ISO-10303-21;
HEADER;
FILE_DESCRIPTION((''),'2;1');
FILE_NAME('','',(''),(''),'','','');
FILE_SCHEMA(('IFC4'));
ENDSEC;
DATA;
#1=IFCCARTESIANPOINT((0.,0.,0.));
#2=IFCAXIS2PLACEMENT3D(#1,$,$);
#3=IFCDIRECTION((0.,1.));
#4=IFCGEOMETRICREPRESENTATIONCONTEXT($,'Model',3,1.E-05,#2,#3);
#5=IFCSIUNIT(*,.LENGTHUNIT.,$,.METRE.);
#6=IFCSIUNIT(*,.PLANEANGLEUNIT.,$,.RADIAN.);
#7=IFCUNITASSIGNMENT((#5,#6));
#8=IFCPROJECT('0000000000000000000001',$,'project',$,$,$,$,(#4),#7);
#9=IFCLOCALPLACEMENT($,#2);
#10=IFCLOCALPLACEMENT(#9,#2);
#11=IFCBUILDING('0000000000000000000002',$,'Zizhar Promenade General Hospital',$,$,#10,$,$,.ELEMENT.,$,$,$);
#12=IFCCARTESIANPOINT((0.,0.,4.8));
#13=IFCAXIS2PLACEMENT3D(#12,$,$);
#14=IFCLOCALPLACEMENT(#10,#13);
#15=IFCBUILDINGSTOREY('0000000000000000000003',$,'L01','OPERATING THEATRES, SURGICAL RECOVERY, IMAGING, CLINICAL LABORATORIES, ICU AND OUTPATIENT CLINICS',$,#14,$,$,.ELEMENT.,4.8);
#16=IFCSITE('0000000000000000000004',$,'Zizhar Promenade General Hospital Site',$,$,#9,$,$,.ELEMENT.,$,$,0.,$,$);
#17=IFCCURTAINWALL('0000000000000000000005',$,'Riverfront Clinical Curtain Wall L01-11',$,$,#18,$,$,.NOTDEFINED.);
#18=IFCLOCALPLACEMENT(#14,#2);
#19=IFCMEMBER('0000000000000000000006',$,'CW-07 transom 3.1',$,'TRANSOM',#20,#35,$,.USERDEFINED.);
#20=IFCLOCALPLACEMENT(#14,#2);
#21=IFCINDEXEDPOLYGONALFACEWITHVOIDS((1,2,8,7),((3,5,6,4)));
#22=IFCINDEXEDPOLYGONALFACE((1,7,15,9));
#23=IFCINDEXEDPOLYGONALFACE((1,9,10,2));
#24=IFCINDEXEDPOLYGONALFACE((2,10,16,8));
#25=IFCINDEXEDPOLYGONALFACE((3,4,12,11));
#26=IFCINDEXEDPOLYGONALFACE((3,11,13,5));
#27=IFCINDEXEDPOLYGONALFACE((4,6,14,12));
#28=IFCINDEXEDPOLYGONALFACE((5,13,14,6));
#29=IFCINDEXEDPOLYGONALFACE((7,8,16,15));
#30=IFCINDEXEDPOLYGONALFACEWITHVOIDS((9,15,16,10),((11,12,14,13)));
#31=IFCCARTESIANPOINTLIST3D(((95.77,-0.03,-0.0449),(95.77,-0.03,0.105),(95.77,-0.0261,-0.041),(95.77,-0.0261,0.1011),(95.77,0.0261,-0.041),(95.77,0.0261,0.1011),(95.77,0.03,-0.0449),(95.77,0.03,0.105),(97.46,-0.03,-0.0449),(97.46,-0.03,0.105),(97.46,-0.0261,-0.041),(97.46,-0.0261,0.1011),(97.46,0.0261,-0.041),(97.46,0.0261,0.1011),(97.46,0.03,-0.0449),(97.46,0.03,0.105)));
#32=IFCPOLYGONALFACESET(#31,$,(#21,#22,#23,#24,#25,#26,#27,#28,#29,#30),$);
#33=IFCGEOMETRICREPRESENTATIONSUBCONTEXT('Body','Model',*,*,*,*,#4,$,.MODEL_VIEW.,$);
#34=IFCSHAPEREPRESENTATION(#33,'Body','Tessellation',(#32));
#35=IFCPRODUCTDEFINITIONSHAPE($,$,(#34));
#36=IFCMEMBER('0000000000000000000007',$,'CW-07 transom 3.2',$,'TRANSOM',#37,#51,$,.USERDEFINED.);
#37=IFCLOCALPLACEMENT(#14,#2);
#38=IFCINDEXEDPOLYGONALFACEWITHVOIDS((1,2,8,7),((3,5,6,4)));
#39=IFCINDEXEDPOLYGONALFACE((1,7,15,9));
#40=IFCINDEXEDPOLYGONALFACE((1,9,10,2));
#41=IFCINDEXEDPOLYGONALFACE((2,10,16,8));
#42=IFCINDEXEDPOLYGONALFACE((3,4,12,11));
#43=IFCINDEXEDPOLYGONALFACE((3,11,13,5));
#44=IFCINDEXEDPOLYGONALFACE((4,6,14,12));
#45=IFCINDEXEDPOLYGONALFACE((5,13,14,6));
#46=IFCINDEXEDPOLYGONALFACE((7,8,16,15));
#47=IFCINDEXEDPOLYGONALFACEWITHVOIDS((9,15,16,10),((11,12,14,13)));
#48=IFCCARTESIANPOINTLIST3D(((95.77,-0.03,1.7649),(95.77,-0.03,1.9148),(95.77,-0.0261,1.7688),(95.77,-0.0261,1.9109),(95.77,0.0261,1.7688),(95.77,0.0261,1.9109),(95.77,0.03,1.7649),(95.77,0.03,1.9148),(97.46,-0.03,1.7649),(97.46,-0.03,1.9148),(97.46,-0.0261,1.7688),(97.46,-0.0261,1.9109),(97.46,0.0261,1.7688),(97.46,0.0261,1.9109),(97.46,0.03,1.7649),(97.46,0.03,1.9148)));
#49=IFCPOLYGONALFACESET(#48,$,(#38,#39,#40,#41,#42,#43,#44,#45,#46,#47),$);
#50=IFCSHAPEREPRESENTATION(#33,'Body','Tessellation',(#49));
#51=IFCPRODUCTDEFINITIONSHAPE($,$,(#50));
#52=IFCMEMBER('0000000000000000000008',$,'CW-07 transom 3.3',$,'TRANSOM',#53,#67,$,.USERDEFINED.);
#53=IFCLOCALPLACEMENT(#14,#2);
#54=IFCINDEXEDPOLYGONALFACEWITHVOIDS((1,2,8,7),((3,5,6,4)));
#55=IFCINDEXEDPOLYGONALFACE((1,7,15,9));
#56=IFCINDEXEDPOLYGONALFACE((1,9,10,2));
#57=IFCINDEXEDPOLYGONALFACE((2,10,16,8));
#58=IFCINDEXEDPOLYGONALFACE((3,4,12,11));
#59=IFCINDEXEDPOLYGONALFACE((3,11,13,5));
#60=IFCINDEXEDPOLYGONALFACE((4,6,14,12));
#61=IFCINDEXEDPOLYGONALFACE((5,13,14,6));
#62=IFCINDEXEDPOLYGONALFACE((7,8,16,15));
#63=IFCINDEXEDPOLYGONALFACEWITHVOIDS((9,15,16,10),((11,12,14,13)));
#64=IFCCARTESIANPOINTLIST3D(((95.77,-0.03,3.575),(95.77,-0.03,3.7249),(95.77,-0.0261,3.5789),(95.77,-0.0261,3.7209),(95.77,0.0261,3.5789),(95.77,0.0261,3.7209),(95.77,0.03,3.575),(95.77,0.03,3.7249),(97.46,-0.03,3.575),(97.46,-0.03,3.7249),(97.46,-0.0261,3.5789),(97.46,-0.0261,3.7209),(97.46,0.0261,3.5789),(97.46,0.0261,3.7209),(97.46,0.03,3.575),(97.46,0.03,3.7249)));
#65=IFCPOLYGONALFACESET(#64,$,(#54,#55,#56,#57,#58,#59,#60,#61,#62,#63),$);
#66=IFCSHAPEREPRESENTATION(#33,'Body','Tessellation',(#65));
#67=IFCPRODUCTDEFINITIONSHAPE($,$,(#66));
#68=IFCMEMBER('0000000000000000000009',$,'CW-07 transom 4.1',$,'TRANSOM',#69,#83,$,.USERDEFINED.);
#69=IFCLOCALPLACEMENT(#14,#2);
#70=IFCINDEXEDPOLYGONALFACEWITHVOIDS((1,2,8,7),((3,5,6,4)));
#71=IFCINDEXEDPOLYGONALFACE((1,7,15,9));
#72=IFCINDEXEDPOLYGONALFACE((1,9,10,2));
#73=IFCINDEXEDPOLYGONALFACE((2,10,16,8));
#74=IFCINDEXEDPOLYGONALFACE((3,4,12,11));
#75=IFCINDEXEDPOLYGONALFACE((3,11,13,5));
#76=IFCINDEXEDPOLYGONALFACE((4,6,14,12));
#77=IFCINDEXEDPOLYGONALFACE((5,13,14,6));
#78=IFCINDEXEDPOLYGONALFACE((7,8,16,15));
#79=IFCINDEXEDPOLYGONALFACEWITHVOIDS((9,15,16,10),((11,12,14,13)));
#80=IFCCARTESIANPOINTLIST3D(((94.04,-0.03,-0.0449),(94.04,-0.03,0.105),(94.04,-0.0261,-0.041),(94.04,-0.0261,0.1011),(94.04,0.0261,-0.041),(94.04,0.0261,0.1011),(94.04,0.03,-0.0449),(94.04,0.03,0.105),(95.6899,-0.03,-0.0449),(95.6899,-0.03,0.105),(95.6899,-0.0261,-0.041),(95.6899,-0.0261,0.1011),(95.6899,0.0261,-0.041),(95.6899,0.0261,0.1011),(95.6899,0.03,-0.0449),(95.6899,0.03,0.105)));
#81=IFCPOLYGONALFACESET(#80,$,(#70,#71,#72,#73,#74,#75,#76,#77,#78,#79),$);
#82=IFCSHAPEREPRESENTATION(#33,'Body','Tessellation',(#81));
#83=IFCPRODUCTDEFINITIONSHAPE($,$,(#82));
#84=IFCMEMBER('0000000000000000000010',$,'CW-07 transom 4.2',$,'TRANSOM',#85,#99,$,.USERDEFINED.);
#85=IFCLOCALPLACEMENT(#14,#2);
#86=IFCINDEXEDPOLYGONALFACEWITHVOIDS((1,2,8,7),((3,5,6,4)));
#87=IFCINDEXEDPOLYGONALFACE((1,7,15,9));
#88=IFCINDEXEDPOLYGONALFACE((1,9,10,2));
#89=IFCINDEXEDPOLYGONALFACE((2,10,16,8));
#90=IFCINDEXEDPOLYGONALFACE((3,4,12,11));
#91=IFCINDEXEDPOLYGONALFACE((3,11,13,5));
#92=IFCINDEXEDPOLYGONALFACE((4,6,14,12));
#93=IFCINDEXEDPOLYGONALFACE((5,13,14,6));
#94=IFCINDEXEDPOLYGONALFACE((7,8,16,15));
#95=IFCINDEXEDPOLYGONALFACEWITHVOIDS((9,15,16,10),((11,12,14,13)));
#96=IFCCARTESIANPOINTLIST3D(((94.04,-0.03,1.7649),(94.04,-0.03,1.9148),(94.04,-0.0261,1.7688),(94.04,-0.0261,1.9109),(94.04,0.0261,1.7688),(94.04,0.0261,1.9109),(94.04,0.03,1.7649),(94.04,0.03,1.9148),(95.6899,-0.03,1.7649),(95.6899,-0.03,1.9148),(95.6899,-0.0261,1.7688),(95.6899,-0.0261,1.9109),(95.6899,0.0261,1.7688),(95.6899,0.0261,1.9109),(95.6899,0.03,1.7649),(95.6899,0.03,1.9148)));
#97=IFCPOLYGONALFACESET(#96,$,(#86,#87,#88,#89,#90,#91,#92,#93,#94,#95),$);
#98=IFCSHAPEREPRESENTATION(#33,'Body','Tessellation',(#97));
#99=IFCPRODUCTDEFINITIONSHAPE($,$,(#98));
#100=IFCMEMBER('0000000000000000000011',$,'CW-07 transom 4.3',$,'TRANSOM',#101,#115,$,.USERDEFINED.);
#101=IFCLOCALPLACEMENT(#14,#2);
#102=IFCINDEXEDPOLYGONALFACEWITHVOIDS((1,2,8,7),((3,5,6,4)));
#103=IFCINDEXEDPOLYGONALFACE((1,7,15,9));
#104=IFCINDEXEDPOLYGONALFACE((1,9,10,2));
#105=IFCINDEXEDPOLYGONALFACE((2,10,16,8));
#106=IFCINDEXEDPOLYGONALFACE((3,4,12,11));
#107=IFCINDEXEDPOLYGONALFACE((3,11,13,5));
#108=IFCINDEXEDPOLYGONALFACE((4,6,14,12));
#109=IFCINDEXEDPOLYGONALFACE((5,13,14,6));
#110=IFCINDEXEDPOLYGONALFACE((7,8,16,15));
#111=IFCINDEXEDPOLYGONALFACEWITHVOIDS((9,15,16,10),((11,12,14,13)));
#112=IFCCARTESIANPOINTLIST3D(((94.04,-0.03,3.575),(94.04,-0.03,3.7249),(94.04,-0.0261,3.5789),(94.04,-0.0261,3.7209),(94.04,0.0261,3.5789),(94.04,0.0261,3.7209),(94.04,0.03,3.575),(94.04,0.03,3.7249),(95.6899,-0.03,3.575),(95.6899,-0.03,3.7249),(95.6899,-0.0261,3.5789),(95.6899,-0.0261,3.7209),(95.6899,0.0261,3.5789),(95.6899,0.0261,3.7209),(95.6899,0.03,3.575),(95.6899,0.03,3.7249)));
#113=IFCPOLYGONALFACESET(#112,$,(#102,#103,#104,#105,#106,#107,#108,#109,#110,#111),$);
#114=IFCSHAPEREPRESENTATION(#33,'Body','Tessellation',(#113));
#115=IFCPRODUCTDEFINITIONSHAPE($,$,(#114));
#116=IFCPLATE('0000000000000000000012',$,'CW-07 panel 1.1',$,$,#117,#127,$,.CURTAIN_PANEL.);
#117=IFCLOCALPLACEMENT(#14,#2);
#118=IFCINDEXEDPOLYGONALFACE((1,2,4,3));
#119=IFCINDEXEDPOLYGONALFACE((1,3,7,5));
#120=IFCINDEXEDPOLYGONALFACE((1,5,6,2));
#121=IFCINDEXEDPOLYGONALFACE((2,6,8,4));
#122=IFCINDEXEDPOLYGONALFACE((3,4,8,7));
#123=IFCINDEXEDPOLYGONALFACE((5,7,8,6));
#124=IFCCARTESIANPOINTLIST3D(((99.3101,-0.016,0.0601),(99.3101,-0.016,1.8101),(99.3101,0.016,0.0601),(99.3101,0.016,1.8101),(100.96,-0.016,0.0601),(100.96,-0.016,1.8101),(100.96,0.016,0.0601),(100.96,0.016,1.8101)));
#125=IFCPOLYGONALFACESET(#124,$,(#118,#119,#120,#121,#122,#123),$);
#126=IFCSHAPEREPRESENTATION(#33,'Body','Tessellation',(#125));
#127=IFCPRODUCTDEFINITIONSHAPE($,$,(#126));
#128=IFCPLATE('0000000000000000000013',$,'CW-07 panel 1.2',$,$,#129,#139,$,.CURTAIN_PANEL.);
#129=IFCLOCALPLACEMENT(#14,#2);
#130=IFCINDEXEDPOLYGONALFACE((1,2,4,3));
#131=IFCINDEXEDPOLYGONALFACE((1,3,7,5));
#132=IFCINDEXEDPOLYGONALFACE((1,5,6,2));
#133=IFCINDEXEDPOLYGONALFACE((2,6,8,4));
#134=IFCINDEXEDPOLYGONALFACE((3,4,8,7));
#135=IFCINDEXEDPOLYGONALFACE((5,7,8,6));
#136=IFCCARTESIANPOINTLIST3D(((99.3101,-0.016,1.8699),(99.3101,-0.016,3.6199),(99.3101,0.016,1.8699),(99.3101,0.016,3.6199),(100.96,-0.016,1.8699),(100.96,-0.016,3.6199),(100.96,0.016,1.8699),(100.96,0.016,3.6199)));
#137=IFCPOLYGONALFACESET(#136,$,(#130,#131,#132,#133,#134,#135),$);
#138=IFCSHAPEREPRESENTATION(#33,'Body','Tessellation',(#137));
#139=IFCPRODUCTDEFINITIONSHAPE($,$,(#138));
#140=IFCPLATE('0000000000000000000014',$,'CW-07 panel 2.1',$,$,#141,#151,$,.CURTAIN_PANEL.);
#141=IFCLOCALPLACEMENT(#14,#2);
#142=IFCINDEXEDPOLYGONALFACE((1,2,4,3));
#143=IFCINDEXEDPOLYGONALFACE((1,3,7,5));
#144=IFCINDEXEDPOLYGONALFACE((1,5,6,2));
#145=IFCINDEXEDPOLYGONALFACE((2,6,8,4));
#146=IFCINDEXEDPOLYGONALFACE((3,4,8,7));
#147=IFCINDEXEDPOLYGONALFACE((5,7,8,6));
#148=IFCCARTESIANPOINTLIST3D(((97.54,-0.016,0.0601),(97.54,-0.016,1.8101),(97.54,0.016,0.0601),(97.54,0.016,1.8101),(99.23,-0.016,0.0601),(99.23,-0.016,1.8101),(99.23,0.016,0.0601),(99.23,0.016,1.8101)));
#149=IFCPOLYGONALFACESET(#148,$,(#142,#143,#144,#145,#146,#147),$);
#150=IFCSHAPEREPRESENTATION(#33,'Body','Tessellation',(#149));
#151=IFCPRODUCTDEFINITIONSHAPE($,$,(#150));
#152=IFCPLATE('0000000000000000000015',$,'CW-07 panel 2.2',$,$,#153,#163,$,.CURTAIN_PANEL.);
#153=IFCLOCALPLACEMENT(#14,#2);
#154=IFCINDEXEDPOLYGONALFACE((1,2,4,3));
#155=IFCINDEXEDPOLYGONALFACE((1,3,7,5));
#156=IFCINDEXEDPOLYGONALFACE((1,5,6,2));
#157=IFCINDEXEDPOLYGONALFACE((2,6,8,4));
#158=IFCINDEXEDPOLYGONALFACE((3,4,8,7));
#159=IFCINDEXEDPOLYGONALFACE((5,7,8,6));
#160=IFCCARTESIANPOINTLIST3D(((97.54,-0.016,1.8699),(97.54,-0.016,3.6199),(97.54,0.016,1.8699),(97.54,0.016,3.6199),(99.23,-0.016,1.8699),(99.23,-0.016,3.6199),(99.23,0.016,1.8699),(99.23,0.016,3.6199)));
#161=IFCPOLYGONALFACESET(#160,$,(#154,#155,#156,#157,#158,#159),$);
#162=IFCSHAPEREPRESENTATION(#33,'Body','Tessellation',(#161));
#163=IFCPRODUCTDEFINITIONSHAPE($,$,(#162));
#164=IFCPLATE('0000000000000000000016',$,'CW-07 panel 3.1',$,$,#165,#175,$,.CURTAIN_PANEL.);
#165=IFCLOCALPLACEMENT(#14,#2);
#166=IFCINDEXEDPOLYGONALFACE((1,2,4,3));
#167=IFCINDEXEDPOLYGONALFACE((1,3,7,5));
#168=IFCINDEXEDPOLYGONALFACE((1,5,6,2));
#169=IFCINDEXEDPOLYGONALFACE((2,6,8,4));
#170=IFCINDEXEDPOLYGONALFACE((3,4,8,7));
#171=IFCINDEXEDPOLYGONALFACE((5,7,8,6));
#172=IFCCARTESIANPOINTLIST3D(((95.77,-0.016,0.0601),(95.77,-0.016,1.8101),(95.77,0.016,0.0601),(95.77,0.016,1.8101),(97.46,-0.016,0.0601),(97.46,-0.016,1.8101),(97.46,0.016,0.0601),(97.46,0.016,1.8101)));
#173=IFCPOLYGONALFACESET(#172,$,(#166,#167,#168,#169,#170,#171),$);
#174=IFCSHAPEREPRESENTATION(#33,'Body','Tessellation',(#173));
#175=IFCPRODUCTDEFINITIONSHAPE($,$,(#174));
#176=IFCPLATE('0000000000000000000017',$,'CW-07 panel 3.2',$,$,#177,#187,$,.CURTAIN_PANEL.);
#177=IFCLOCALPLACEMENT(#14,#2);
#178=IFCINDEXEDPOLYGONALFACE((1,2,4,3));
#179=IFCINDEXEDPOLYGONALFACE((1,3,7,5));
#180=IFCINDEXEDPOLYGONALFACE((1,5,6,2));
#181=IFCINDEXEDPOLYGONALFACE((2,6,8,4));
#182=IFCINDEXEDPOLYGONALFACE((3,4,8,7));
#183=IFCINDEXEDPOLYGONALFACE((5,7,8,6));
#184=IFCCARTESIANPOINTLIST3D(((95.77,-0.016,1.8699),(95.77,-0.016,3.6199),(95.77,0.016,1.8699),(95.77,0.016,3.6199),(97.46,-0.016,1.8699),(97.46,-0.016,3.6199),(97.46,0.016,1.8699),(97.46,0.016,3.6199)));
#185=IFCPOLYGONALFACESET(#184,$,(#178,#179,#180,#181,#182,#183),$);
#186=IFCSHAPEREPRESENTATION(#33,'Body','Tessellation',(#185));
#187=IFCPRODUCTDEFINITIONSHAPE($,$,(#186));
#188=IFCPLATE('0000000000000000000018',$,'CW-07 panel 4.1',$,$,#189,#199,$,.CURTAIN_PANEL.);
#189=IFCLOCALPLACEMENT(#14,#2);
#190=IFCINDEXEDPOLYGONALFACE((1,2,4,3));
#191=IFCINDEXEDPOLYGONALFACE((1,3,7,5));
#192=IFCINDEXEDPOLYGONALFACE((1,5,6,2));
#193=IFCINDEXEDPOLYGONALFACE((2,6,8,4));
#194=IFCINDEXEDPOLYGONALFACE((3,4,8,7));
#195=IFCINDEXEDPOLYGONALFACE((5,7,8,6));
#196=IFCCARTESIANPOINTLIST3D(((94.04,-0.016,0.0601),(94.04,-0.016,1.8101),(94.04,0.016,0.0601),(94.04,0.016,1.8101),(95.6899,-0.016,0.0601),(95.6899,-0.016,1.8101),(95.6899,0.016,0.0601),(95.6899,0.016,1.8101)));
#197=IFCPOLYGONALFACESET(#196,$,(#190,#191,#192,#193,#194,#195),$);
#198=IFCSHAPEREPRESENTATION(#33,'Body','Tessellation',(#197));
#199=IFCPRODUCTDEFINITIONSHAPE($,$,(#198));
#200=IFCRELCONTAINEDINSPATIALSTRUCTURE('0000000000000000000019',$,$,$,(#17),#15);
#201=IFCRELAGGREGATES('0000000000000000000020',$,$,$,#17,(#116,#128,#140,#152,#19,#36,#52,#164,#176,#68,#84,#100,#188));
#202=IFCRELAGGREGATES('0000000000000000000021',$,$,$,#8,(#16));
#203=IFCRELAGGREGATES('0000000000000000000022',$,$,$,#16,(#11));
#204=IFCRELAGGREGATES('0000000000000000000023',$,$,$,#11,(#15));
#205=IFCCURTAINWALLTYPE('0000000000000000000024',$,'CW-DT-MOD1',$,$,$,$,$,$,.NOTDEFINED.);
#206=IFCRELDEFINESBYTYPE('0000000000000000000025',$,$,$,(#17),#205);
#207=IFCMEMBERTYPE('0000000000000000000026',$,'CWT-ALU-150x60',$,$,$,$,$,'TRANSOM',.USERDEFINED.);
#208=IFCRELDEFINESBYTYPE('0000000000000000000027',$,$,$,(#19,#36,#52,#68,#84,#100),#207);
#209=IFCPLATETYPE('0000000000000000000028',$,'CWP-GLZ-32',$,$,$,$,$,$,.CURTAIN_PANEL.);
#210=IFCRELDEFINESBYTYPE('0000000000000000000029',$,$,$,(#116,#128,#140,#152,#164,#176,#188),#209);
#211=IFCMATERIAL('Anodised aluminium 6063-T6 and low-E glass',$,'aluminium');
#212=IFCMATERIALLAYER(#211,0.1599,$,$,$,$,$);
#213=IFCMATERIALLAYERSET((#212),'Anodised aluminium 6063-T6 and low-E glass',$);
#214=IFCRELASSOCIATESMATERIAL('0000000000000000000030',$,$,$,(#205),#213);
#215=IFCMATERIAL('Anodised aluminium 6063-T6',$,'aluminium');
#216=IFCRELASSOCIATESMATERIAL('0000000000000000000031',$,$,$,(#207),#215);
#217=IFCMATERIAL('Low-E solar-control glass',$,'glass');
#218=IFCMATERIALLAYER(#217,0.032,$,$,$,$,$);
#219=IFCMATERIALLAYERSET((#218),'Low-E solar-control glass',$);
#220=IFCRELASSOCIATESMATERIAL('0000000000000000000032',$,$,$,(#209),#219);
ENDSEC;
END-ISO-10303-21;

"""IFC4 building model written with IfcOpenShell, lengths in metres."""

from ifc_helpers import new_model, si_unit, direction, frame, origin, origin_2d, place, context, subcontext, project, spatial, rectangle, hollow_rectangle, extrude, material, layer, layer_set, material_profile, profile_set, type_object, element, aggregate, save


model = new_model("IFC4")

# Units and contexts
model_context = context("Model", 3, precision=1e-05, world=origin(), true_north=direction((0.0, 1.0)))
body_context = subcontext(model_context, "Body", "Model", "MODEL_VIEW")
ifc_project = project(units=[si_unit("LENGTHUNIT", "METRE"), si_unit("PLANEANGLEUNIT", "RADIAN")], contexts=[model_context])

# Site, building, storey
site_placement = place(None, origin())
site = spatial("IfcSite", under=ifc_project, at=site_placement, Name="Zizhar Promenade General Hospital Site", CompositionType="ELEMENT", RefElevation=0.0)
building_placement = place(site_placement, origin())
building = spatial("IfcBuilding", under=site, at=building_placement, Name="Zizhar Promenade General Hospital", CompositionType="ELEMENT")
storey_placement = place(building_placement, frame((0.0, 0.0, 4.8)))
storey = spatial("IfcBuildingStorey", under=building, at=storey_placement, Name="L01", Description="OPERATING THEATRES, SURGICAL RECOVERY, IMAGING, CLINICAL LABORATORIES, ICU AND OUTPATIENT CLINICS", CompositionType="ELEMENT", Elevation=4.8)

# Curtain wall, members, plates
ifc_material_1 = material(Name="Anodised aluminium 6063-T6 and low-E glass", Category="aluminium")
ifc_layer_1 = layer(ifc_material_1, 0.1599)
ifc_layer_set_1 = layer_set([ifc_layer_1], Name="Anodised aluminium 6063-T6 and low-E glass")
curtain_wall_type = type_object("IfcCurtainWallType", Name="CW-DT-MOD1", PredefinedType="NOTDEFINED", material=ifc_layer_set_1)
curtain_wall_placement = place(storey_placement, origin())
curtain_wall = element("IfcCurtainWall", 1, at=curtain_wall_placement, inside=storey, type_object=curtain_wall_type, Name="Riverfront Clinical Curtain Wall L01-11", PredefinedType="NOTDEFINED")
ifc_material_2 = material(Name="Anodised aluminium 6063-T6", Category="aluminium")
ifc_material_profile_1 = material_profile(ifc_material_2, hollow_rectangle(XDim=0.0601, YDim=0.1499, WallThickness=0.0039, at=origin_2d()))
ifc_profile_set_1 = profile_set([ifc_material_profile_1], Name="Anodised aluminium 6063-T6")
member_type_1 = type_object("IfcMemberType", Name="CWT-ALU-150x60", ElementType="TRANSOM", PredefinedType="USERDEFINED", material=ifc_profile_set_1)
member_1_placement = place(storey_placement, frame((97.46, 0.0, 0.03), z_axis=(-1.0, 0.0, 0.0), x_axis=(0.0, -1.0, 0.0)))
member_1 = element("IfcMember", 2, at=member_1_placement, type_object=member_type_1, Name="CW-07 transom 3.1", ObjectType="TRANSOM", PredefinedType="USERDEFINED", context=body_context, shape_type="SweptSolid", body=[
    extrude(hollow_rectangle(XDim=0.0601, YDim=0.1499, WallThickness=0.0039, at=origin_2d()), origin(), (0.0, 0.0, 1.0), 1.6899),
])
member_2_placement = place(storey_placement, frame((97.46, 0.0, 1.8398), z_axis=(-1.0, 0.0, 0.0), x_axis=(0.0, -1.0, 0.0)))
member_2 = element("IfcMember", 3, at=member_2_placement, type_object=member_type_1, Name="CW-07 transom 3.2", ObjectType="TRANSOM", PredefinedType="USERDEFINED", context=body_context, shape_type="SweptSolid", body=[
    extrude(hollow_rectangle(XDim=0.0601, YDim=0.1499, WallThickness=0.0039, at=origin_2d()), origin(), (0.0, 0.0, 1.0), 1.6899),
])
member_3_placement = place(storey_placement, frame((97.46, 0.0, 3.6499), z_axis=(-1.0, 0.0, 0.0), x_axis=(0.0, -1.0, 0.0)))
member_3 = element("IfcMember", 4, at=member_3_placement, type_object=member_type_1, Name="CW-07 transom 3.3", ObjectType="TRANSOM", PredefinedType="USERDEFINED", context=body_context, shape_type="SweptSolid", body=[
    extrude(hollow_rectangle(XDim=0.0601, YDim=0.1499, WallThickness=0.0039, at=origin_2d()), origin(), (0.0, 0.0, 1.0), 1.6899),
])
member_4_placement = place(storey_placement, frame((95.6899, 0.0, 0.03), z_axis=(-1.0, 0.0, 0.0), x_axis=(0.0, -1.0, 0.0)))
member_4 = element("IfcMember", 5, at=member_4_placement, type_object=member_type_1, Name="CW-07 transom 4.1", ObjectType="TRANSOM", PredefinedType="USERDEFINED", context=body_context, shape_type="SweptSolid", body=[
    extrude(hollow_rectangle(XDim=0.0601, YDim=0.1499, WallThickness=0.0039, at=origin_2d()), origin(), (0.0, 0.0, 1.0), 1.6499),
])
member_5_placement = place(storey_placement, frame((95.6899, 0.0, 1.8398), z_axis=(-1.0, 0.0, 0.0), x_axis=(0.0, -1.0, 0.0)))
member_5 = element("IfcMember", 6, at=member_5_placement, type_object=member_type_1, Name="CW-07 transom 4.2", ObjectType="TRANSOM", PredefinedType="USERDEFINED", context=body_context, shape_type="SweptSolid", body=[
    extrude(hollow_rectangle(XDim=0.0601, YDim=0.1499, WallThickness=0.0039, at=origin_2d()), origin(), (0.0, 0.0, 1.0), 1.6499),
])
member_6_placement = place(storey_placement, frame((95.6899, 0.0, 3.6499), z_axis=(-1.0, 0.0, 0.0), x_axis=(0.0, -1.0, 0.0)))
member_6 = element("IfcMember", 7, at=member_6_placement, type_object=member_type_1, Name="CW-07 transom 4.3", ObjectType="TRANSOM", PredefinedType="USERDEFINED", context=body_context, shape_type="SweptSolid", body=[
    extrude(hollow_rectangle(XDim=0.0601, YDim=0.1499, WallThickness=0.0039, at=origin_2d()), origin(), (0.0, 0.0, 1.0), 1.6499),
])
ifc_material_3 = material(Name="Low-E solar-control glass", Category="glass")
ifc_layer_2 = layer(ifc_material_3, 0.032)
ifc_layer_set_2 = layer_set([ifc_layer_2], Name="Low-E solar-control glass")
plate_type = type_object("IfcPlateType", Name="CWP-GLZ-32", PredefinedType="CURTAIN_PANEL", material=ifc_layer_set_2)
plate_1_placement = place(storey_placement, frame((100.135, 0.0, 0.0601), z_axis=(0.0, 0.0, 1.0), x_axis=(-1.0, 0.0, 0.0)))
plate_1 = element("IfcPlate", 8, at=plate_1_placement, type_object=plate_type, Name="CW-07 panel 1.1", PredefinedType="CURTAIN_PANEL", context=body_context, shape_type="SweptSolid", body=[
    extrude(rectangle(XDim=1.6499, YDim=0.032, at=origin_2d()), origin(), (0.0, 0.0, 1.0), 1.75),
])
plate_2_placement = place(storey_placement, frame((100.135, 0.0, 1.8699), z_axis=(0.0, 0.0, 1.0), x_axis=(-1.0, 0.0, 0.0)))
plate_2 = element("IfcPlate", 9, at=plate_2_placement, type_object=plate_type, Name="CW-07 panel 1.2", PredefinedType="CURTAIN_PANEL", context=body_context, shape_type="SweptSolid", body=[
    extrude(rectangle(XDim=1.6499, YDim=0.032, at=origin_2d()), origin(), (0.0, 0.0, 1.0), 1.75),
])
plate_3_placement = place(storey_placement, frame((98.385, 0.0, 0.0601), z_axis=(0.0, 0.0, 1.0), x_axis=(-1.0, 0.0, 0.0)))
plate_3 = element("IfcPlate", 10, at=plate_3_placement, type_object=plate_type, Name="CW-07 panel 2.1", PredefinedType="CURTAIN_PANEL", context=body_context, shape_type="SweptSolid", body=[
    extrude(rectangle(XDim=1.6899, YDim=0.032, at=origin_2d()), origin(), (0.0, 0.0, 1.0), 1.75),
])
plate_4_placement = place(storey_placement, frame((98.385, 0.0, 1.8699), z_axis=(0.0, 0.0, 1.0), x_axis=(-1.0, 0.0, 0.0)))
plate_4 = element("IfcPlate", 11, at=plate_4_placement, type_object=plate_type, Name="CW-07 panel 2.2", PredefinedType="CURTAIN_PANEL", context=body_context, shape_type="SweptSolid", body=[
    extrude(rectangle(XDim=1.6899, YDim=0.032, at=origin_2d()), origin(), (0.0, 0.0, 1.0), 1.75),
])
plate_5_placement = place(storey_placement, frame((96.615, 0.0, 0.0601), z_axis=(0.0, 0.0, 1.0), x_axis=(-1.0, 0.0, 0.0)))
plate_5 = element("IfcPlate", 12, at=plate_5_placement, type_object=plate_type, Name="CW-07 panel 3.1", PredefinedType="CURTAIN_PANEL", context=body_context, shape_type="SweptSolid", body=[
    extrude(rectangle(XDim=1.6899, YDim=0.032, at=origin_2d()), origin(), (0.0, 0.0, 1.0), 1.75),
])
plate_6_placement = place(storey_placement, frame((96.615, 0.0, 1.8699), z_axis=(0.0, 0.0, 1.0), x_axis=(-1.0, 0.0, 0.0)))
plate_6 = element("IfcPlate", 13, at=plate_6_placement, type_object=plate_type, Name="CW-07 panel 3.2", PredefinedType="CURTAIN_PANEL", context=body_context, shape_type="SweptSolid", body=[
    extrude(rectangle(XDim=1.6899, YDim=0.032, at=origin_2d()), origin(), (0.0, 0.0, 1.0), 1.75),
])
plate_7_placement = place(storey_placement, frame((94.865, 0.0, 0.0601), z_axis=(0.0, 0.0, 1.0), x_axis=(-1.0, 0.0, 0.0)))
plate_7 = element("IfcPlate", 14, at=plate_7_placement, type_object=plate_type, Name="CW-07 panel 4.1", PredefinedType="CURTAIN_PANEL", context=body_context, shape_type="SweptSolid", body=[
    extrude(rectangle(XDim=1.6499, YDim=0.032, at=origin_2d()), origin(), (0.0, 0.0, 1.0), 1.75),
])
aggregate(curtain_wall, [plate_1, plate_2, plate_3, plate_4, member_1, member_2, member_3, plate_5, plate_6, member_4, member_5, member_6, plate_7])

save(model, "model.ifc")
